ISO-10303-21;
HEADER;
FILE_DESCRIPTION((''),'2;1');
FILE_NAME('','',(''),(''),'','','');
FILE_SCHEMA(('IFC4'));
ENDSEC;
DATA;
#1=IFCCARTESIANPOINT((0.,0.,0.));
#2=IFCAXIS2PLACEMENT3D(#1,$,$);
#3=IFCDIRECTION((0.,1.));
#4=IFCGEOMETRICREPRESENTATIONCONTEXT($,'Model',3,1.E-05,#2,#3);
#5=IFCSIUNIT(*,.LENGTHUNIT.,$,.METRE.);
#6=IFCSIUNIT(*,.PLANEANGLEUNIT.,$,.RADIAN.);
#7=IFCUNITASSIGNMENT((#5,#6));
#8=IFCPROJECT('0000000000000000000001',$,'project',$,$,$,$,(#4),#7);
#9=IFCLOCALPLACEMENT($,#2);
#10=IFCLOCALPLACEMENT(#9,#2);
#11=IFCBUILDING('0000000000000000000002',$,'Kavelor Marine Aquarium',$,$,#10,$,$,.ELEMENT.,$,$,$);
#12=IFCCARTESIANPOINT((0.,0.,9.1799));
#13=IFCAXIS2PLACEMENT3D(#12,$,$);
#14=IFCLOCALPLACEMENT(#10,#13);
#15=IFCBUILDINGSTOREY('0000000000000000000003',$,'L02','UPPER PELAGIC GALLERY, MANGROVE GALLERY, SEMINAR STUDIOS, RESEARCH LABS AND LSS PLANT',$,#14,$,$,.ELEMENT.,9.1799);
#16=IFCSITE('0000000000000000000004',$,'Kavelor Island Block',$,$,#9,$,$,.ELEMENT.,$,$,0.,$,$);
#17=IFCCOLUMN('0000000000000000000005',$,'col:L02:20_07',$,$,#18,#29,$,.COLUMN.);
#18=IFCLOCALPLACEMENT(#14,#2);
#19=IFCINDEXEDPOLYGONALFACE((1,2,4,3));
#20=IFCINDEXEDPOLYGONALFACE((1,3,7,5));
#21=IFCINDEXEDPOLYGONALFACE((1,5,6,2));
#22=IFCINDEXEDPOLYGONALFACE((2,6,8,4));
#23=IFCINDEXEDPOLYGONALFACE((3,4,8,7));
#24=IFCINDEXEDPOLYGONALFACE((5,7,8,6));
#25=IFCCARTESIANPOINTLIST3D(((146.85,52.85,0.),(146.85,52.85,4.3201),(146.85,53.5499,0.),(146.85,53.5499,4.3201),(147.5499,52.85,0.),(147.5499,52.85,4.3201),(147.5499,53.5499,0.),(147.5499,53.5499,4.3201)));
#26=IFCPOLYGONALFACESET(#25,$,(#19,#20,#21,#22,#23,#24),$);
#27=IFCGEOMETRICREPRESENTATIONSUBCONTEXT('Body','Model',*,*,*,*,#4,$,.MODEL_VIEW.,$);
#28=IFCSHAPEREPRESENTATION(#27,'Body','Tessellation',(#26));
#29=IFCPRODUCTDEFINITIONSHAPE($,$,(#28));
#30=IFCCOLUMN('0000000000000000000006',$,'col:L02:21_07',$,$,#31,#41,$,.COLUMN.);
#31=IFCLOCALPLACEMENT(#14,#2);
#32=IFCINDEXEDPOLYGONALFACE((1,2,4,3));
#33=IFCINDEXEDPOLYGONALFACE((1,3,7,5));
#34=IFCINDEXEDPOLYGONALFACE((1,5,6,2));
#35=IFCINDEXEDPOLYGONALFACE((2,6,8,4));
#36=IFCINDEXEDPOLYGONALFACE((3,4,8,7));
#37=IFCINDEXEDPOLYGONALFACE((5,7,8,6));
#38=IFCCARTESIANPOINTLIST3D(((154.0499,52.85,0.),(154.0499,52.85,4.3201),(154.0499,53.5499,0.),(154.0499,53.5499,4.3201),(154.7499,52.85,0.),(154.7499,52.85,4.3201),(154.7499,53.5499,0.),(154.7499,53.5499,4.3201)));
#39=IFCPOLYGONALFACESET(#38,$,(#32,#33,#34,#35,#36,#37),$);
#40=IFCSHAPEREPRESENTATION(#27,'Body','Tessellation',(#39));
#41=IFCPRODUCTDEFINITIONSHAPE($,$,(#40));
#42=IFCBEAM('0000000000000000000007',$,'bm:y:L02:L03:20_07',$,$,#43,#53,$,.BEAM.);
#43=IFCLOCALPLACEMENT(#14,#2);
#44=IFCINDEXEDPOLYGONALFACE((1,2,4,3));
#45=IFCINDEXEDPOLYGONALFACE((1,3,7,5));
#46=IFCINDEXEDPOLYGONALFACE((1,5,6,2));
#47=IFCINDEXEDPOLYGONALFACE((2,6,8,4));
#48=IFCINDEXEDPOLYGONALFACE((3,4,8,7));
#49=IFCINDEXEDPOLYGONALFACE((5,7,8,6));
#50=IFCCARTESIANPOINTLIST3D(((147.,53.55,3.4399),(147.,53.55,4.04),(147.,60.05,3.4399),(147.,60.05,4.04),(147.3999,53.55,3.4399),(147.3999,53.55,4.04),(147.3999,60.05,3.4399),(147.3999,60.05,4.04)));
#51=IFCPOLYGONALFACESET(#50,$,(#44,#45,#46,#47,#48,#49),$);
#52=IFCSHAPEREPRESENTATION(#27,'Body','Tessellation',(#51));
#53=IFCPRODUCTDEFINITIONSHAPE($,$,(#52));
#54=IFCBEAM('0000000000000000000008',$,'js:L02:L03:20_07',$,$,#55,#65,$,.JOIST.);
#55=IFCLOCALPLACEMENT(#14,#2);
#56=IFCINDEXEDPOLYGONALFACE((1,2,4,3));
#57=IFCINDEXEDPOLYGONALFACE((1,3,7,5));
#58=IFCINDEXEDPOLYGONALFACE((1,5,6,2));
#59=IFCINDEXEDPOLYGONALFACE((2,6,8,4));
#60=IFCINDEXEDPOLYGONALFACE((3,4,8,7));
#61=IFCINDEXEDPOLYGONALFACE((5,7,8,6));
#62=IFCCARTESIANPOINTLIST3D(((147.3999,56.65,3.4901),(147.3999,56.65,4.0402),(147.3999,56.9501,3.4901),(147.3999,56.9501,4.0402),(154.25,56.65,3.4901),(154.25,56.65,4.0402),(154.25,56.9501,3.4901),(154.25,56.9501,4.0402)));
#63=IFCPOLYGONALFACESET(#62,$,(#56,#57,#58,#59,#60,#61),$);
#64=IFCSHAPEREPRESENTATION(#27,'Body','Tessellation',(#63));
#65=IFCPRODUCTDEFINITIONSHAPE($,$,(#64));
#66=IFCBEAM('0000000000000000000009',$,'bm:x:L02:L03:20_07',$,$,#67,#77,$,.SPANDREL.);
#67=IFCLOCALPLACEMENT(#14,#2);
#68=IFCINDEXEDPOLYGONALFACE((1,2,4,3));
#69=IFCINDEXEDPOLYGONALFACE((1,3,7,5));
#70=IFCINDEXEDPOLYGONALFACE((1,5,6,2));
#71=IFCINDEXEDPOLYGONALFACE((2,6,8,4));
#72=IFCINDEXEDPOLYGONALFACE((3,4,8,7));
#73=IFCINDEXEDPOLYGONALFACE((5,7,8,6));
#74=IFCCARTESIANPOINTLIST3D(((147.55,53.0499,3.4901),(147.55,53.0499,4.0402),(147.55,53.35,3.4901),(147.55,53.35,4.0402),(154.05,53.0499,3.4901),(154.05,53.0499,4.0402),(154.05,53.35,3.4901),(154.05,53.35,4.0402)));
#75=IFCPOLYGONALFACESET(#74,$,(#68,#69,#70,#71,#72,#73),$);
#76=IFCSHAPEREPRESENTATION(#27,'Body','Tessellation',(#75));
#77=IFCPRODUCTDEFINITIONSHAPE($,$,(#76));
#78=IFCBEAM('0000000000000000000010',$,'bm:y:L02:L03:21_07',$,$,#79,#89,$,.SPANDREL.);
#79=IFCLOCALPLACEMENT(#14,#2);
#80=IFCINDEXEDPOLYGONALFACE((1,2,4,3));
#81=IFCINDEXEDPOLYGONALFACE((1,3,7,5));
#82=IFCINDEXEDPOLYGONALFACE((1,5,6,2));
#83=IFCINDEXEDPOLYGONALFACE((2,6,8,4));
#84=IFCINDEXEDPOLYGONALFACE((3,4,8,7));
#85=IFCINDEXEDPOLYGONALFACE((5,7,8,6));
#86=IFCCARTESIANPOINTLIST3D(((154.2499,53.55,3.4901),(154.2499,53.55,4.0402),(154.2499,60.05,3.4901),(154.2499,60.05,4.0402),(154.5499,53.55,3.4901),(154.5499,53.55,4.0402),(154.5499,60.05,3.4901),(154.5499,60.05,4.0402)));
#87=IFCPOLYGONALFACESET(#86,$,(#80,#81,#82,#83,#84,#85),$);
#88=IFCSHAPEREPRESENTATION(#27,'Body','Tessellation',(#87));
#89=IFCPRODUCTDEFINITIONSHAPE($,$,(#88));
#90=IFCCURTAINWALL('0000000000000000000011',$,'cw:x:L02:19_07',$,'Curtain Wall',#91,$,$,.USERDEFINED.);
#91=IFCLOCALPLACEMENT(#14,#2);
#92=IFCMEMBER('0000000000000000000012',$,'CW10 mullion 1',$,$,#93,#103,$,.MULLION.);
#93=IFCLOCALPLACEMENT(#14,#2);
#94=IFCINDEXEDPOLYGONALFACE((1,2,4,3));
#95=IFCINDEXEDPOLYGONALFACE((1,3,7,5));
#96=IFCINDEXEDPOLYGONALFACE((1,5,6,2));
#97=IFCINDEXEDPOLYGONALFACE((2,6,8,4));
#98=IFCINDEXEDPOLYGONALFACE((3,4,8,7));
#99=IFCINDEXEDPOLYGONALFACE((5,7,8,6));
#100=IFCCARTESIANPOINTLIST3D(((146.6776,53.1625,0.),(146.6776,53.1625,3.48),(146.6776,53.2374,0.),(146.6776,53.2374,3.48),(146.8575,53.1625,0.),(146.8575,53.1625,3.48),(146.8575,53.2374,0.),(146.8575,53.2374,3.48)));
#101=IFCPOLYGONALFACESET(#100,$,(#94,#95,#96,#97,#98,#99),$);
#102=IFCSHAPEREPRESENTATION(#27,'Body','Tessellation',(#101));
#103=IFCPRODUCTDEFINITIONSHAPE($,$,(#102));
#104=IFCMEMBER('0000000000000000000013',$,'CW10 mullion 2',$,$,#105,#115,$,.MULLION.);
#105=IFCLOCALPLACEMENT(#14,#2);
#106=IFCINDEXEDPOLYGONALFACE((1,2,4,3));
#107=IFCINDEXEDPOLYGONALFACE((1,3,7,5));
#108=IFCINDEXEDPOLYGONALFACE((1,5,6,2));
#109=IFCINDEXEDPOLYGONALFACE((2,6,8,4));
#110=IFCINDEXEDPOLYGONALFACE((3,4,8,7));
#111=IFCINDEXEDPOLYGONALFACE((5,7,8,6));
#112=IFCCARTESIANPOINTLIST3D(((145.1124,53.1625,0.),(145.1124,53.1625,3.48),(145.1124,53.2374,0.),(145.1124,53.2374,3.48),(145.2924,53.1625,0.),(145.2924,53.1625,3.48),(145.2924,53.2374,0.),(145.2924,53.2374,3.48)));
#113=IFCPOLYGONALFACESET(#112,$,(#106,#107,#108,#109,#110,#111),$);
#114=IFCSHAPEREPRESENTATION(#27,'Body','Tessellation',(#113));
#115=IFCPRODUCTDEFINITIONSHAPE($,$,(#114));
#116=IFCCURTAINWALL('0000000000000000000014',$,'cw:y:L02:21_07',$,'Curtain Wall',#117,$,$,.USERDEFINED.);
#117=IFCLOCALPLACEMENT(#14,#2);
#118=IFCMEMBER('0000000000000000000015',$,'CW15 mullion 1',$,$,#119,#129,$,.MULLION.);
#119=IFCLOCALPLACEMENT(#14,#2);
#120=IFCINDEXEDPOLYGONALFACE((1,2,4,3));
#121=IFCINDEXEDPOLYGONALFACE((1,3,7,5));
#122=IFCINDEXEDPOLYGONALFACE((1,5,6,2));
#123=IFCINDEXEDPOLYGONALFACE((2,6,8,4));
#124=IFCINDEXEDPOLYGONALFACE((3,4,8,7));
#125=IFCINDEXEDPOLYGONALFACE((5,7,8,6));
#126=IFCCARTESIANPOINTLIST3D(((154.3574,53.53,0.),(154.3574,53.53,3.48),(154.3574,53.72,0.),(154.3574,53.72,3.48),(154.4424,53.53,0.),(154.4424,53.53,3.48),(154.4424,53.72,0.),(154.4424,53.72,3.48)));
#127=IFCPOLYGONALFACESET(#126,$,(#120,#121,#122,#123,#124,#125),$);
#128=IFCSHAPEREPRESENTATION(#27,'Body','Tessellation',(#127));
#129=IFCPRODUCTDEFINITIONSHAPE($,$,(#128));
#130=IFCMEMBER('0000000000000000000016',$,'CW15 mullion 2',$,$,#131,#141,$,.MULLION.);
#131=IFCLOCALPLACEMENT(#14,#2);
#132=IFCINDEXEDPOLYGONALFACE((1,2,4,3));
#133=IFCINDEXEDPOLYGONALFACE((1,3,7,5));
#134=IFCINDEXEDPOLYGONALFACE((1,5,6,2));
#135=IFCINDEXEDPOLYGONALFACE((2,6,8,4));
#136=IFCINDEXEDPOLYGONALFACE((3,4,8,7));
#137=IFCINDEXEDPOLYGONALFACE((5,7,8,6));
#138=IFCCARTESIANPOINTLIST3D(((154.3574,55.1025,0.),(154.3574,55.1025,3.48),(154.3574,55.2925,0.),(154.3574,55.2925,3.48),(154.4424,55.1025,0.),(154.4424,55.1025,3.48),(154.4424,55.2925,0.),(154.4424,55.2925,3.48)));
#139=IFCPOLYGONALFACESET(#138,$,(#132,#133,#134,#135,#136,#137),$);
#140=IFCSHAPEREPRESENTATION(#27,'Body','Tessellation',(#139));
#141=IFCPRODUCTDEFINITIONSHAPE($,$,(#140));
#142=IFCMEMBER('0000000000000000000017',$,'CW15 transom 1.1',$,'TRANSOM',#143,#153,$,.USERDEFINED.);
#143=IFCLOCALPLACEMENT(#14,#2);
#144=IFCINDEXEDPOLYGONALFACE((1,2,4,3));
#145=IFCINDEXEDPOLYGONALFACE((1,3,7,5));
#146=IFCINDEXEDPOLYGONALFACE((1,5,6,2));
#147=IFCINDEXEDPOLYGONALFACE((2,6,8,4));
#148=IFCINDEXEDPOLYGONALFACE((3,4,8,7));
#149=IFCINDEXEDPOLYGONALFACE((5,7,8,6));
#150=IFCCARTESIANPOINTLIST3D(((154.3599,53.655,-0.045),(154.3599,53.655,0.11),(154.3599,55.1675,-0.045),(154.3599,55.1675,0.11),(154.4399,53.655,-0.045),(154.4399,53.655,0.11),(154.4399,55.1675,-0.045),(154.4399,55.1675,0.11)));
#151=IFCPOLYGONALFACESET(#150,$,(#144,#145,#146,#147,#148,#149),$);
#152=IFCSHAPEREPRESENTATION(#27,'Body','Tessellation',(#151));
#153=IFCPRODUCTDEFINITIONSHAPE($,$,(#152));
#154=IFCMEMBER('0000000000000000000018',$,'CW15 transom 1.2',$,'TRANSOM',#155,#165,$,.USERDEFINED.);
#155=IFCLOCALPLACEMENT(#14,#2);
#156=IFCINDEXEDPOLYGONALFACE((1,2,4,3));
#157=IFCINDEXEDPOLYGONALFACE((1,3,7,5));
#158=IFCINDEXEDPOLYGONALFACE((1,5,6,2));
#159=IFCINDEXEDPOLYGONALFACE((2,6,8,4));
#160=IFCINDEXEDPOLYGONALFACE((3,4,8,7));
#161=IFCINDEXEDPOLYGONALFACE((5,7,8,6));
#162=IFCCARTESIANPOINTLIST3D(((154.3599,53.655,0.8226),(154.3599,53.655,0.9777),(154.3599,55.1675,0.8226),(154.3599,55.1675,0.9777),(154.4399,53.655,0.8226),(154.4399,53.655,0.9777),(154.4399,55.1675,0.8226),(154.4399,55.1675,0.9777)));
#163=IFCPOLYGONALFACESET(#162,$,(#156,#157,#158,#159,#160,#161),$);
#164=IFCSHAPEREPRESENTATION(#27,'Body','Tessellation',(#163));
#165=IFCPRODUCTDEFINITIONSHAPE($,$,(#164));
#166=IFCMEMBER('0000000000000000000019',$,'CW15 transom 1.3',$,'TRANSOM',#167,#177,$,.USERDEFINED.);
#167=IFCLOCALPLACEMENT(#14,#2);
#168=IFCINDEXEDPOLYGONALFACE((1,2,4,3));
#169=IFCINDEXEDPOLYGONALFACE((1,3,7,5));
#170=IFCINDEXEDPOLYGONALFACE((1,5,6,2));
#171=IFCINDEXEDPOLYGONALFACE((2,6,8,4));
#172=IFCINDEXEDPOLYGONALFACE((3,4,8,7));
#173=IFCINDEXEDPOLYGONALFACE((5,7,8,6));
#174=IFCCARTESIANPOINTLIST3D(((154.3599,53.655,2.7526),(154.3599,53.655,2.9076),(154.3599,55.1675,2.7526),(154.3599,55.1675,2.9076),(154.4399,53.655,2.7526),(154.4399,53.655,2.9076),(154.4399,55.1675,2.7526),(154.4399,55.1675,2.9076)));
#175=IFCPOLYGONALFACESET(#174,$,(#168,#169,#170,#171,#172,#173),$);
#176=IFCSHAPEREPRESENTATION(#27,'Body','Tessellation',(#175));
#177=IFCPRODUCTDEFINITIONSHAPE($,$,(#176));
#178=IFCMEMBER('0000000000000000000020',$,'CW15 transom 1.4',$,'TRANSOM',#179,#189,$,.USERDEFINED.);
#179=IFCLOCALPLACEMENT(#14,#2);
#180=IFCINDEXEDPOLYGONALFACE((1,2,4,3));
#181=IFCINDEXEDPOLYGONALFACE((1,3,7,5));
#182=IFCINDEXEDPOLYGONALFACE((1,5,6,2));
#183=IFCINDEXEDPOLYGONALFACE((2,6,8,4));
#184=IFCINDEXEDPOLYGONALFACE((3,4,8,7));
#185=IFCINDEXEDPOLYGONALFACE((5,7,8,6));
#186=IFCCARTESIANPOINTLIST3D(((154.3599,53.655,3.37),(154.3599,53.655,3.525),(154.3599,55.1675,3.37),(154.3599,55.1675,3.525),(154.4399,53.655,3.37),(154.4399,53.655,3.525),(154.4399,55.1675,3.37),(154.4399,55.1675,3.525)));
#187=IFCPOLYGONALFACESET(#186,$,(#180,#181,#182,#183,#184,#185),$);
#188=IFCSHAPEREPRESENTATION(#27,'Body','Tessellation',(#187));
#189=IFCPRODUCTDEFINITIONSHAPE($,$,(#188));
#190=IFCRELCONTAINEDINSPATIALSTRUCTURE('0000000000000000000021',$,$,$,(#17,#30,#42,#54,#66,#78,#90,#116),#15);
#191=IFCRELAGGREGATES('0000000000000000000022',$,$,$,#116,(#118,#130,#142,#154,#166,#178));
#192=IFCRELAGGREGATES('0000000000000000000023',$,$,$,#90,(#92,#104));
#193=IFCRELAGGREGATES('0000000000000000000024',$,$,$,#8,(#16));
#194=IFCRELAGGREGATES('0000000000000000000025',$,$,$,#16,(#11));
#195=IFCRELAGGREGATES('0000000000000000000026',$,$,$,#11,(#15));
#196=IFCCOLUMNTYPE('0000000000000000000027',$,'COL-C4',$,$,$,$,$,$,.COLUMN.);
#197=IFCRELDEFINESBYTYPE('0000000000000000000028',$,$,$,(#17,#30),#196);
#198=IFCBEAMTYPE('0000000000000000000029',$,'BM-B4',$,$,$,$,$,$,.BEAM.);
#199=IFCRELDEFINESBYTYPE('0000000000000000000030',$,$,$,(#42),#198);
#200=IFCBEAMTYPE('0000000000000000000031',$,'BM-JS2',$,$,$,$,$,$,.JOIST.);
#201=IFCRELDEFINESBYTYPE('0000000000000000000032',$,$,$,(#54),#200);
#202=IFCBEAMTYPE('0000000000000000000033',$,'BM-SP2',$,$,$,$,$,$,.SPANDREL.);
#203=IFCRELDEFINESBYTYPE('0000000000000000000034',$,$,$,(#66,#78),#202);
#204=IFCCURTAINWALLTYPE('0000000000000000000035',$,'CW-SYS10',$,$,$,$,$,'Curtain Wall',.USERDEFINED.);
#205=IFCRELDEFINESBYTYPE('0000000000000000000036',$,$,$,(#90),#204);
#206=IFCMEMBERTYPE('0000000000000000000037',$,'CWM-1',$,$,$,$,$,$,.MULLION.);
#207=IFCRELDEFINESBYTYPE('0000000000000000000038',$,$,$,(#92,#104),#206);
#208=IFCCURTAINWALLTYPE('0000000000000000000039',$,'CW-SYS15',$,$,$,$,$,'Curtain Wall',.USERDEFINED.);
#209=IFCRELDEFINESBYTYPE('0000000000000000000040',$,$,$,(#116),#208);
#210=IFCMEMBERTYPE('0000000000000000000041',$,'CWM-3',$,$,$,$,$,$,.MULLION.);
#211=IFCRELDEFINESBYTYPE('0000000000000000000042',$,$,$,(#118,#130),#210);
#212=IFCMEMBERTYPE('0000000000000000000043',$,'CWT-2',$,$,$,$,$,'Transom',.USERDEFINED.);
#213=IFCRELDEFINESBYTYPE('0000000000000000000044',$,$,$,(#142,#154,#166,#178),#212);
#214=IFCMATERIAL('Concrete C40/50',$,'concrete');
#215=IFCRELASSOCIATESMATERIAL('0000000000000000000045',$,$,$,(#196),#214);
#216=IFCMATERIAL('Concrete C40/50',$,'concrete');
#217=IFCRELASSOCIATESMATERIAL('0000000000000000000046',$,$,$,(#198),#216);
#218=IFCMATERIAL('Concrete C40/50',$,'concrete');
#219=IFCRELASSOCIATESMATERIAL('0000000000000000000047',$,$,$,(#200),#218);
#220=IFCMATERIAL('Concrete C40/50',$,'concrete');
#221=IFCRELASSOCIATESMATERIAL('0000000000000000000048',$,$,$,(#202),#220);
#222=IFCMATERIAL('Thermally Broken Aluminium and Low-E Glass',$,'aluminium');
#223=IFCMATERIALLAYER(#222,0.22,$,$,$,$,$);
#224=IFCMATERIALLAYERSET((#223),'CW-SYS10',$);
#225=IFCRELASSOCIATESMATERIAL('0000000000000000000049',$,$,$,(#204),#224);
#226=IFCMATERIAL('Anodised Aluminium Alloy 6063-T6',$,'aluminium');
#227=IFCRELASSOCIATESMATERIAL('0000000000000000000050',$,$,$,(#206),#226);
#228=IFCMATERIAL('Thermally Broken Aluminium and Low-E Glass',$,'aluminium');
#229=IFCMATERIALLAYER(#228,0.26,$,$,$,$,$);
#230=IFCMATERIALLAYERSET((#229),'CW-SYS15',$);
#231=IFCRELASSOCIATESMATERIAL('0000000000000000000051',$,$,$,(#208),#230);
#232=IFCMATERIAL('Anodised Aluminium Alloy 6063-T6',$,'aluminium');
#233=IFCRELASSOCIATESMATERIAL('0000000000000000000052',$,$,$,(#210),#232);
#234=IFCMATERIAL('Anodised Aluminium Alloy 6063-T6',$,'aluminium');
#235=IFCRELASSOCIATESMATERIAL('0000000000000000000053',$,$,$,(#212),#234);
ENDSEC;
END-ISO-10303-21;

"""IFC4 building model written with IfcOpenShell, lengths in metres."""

from ifc_helpers import new_model, si_unit, direction, frame, origin, origin_2d, place, context, subcontext, project, spatial, rectangle, extrude, material, layer, layer_set, material_profile, profile_set, type_object, element, aggregate, save


model = new_model("IFC4")

# Units and contexts
model_context = context("Model", 3, precision=1e-05, world=origin(), true_north=direction((0.0, 1.0)))
body_context = subcontext(model_context, "Body", "Model", "MODEL_VIEW")
ifc_project = project(units=[si_unit("LENGTHUNIT", "METRE"), si_unit("PLANEANGLEUNIT", "RADIAN")], contexts=[model_context])

# Site, building, storey
site_placement = place(None, origin())
site = spatial("IfcSite", under=ifc_project, at=site_placement, Name="Kavelor Island Block", CompositionType="ELEMENT", RefElevation=0.0)
building_placement = place(site_placement, origin())
building = spatial("IfcBuilding", under=site, at=building_placement, Name="Kavelor Marine Aquarium", CompositionType="ELEMENT")
storey_placement = place(building_placement, frame((0.0, 0.0, 9.1799)))
storey = spatial("IfcBuildingStorey", under=building, at=storey_placement, Name="L02", Description="UPPER PELAGIC GALLERY, MANGROVE GALLERY, SEMINAR STUDIOS, RESEARCH LABS AND LSS PLANT", CompositionType="ELEMENT", Elevation=9.1799)

# Columns
ifc_material_1 = material(Name="Concrete C40/50", Category="concrete")
ifc_material_profile_1 = material_profile(ifc_material_1, rectangle(XDim=0.7, YDim=0.7, at=origin_2d()), Name="RC-COL 700x700")
ifc_profile_set_1 = profile_set([ifc_material_profile_1], Name="Concrete C40/50")
column_type = type_object("IfcColumnType", Name="COL-C4", PredefinedType="COLUMN", material=ifc_profile_set_1)
for number, where, z_axis, x_axis, name in (
    (1, (147.2, 53.2, 0.0), (0.0, 0.0, 1.0), (1.0, 0.0, 0.0), "col:L02:20_07"),
    (2, (154.3999, 53.2, 0.0), (0.0, 0.0, 1.0), (1.0, 0.0, 0.0), "col:L02:21_07"),
):
    element("IfcColumn", number, at=place(storey_placement, frame(where, z_axis=z_axis, x_axis=x_axis)), inside=storey, type_object=column_type, Name=name, PredefinedType="COLUMN", context=body_context, shape_type="SweptSolid", body=[
        extrude(rectangle(XDim=0.7, YDim=0.7, at=origin_2d()), origin(), (0.0, 0.0, 1.0), 4.3201),
    ])

# Beams
ifc_material_2 = material(Name="Concrete C40/50", Category="concrete")
ifc_material_profile_2 = material_profile(ifc_material_2, rectangle(XDim=0.3999, YDim=0.6001, at=origin_2d()), Name="RC-BM 400x600")
ifc_profile_set_2 = profile_set([ifc_material_profile_2], Name="Concrete C40/50")
beam_type_1 = type_object("IfcBeamType", Name="BM-B4", PredefinedType="BEAM", material=ifc_profile_set_2)
beam_1_placement = place(storey_placement, frame((147.2, 53.55, 3.74), z_axis=(0.0, 1.0, 0.0), x_axis=(-1.0, 0.0, 0.0)))
element("IfcBeam", 3, at=beam_1_placement, inside=storey, type_object=beam_type_1, Name="bm:y:L02:L03:20_07", PredefinedType="BEAM", context=body_context, shape_type="SweptSolid", body=[
    extrude(rectangle(XDim=0.3999, YDim=0.6001, at=origin_2d()), origin(), (0.0, 0.0, 1.0), 6.5),
])
ifc_material_3 = material(Name="Concrete C40/50", Category="concrete")
ifc_material_profile_3 = material_profile(ifc_material_3, rectangle(XDim=0.3, YDim=0.55, at=origin_2d()), Name="RC-JS 300x550")
ifc_profile_set_3 = profile_set([ifc_material_profile_3], Name="Concrete C40/50")
beam_type_2 = type_object("IfcBeamType", Name="BM-JS2", PredefinedType="JOIST", material=ifc_profile_set_3)
beam_2_placement = place(storey_placement, frame((147.3999, 56.8, 3.7651), z_axis=(1.0, 0.0, 0.0), x_axis=(0.0, 1.0, 0.0)))
element("IfcBeam", 4, at=beam_2_placement, inside=storey, type_object=beam_type_2, Name="js:L02:L03:20_07", PredefinedType="JOIST", context=body_context, shape_type="SweptSolid", body=[
    extrude(rectangle(XDim=0.3, YDim=0.55, at=origin_2d()), origin(), (0.0, 0.0, 1.0), 6.8501),
])
ifc_material_4 = material(Name="Concrete C40/50", Category="concrete")
ifc_material_profile_4 = material_profile(ifc_material_4, rectangle(XDim=0.3, YDim=0.55, at=origin_2d()), Name="RC-SP 300x550")
ifc_profile_set_4 = profile_set([ifc_material_profile_4], Name="Concrete C40/50")
beam_type_3 = type_object("IfcBeamType", Name="BM-SP2", PredefinedType="SPANDREL", material=ifc_profile_set_4)
for number, where, z_axis, x_axis, name in (
    (5, (147.55, 53.2, 3.7651), (1.0, 0.0, 0.0), (0.0, 1.0, 0.0), "bm:x:L02:L03:20_07"),
    (6, (154.3999, 53.55, 3.7651), (0.0, 1.0, 0.0), (-1.0, 0.0, 0.0), "bm:y:L02:L03:21_07"),
):
    element("IfcBeam", number, at=place(storey_placement, frame(where, z_axis=z_axis, x_axis=x_axis)), inside=storey, type_object=beam_type_3, Name=name, PredefinedType="SPANDREL", context=body_context, shape_type="SweptSolid", body=[
        extrude(rectangle(XDim=0.3, YDim=0.55, at=origin_2d()), origin(), (0.0, 0.0, 1.0), 6.5),
    ])

# Curtain walls, members
ifc_material_5 = material(Name="Thermally Broken Aluminium and Low-E Glass", Category="aluminium")
ifc_layer_1 = layer(ifc_material_5, 0.22)
ifc_layer_set_1 = layer_set([ifc_layer_1], Name="CW-SYS10")
curtain_wall_type_1 = type_object("IfcCurtainWallType", Name="CW-SYS10", ElementType="Curtain Wall", PredefinedType="USERDEFINED", material=ifc_layer_set_1)
curtain_wall_1_placement = place(storey_placement, origin())
curtain_wall_1 = element("IfcCurtainWall", 7, at=curtain_wall_1_placement, inside=storey, type_object=curtain_wall_type_1, Name="cw:x:L02:19_07", ObjectType="Curtain Wall", PredefinedType="USERDEFINED")
ifc_material_6 = material(Name="Anodised Aluminium Alloy 6063-T6", Category="aluminium")
ifc_material_profile_5 = material_profile(ifc_material_6, rectangle(XDim=0.075, YDim=0.1799, at=origin_2d()), Name="CW-MUL 75x180")
ifc_profile_set_5 = profile_set([ifc_material_profile_5], Name="Anodised Aluminium Alloy 6063-T6")
member_type_1 = type_object("IfcMemberType", Name="CWM-1", PredefinedType="MULLION", material=ifc_profile_set_5)
member_1_placement = place(storey_placement, frame((146.7676, 53.2, 0.0), z_axis=(0.0, 0.0, 1.0), x_axis=(0.0, -1.0, 0.0)))
member_1 = element("IfcMember", 8, at=member_1_placement, type_object=member_type_1, Name="CW10 mullion 1", PredefinedType="MULLION", context=body_context, shape_type="SweptSolid", body=[
    extrude(rectangle(XDim=0.075, YDim=0.1799, at=origin_2d()), origin(), (0.0, 0.0, 1.0), 3.48),
])
member_2_placement = place(storey_placement, frame((145.2024, 53.2, 0.0), z_axis=(0.0, 0.0, 1.0), x_axis=(0.0, -1.0, 0.0)))
member_2 = element("IfcMember", 9, at=member_2_placement, type_object=member_type_1, Name="CW10 mullion 2", PredefinedType="MULLION", context=body_context, shape_type="SweptSolid", body=[
    extrude(rectangle(XDim=0.075, YDim=0.1799, at=origin_2d()), origin(), (0.0, 0.0, 1.0), 3.48),
])
ifc_material_7 = material(Name="Thermally Broken Aluminium and Low-E Glass", Category="aluminium")
ifc_layer_2 = layer(ifc_material_7, 0.26)
ifc_layer_set_2 = layer_set([ifc_layer_2], Name="CW-SYS15")
curtain_wall_type_2 = type_object("IfcCurtainWallType", Name="CW-SYS15", ElementType="Curtain Wall", PredefinedType="USERDEFINED", material=ifc_layer_set_2)
curtain_wall_2_placement = place(storey_placement, origin())
curtain_wall_2 = element("IfcCurtainWall", 10, at=curtain_wall_2_placement, inside=storey, type_object=curtain_wall_type_2, Name="cw:y:L02:21_07", ObjectType="Curtain Wall", PredefinedType="USERDEFINED")
ifc_material_8 = material(Name="Anodised Aluminium Alloy 6063-T6", Category="aluminium")
ifc_material_profile_6 = material_profile(ifc_material_8, rectangle(XDim=0.085, YDim=0.1899, at=origin_2d()), Name="CW-MUL 85x190")
ifc_profile_set_6 = profile_set([ifc_material_profile_6], Name="Anodised Aluminium Alloy 6063-T6")
member_type_2 = type_object("IfcMemberType", Name="CWM-3", PredefinedType="MULLION", material=ifc_profile_set_6)
member_3_placement = place(storey_placement, frame((154.3999, 53.625, 0.0), z_axis=(0.0, 0.0, 1.0), x_axis=(-1.0, 0.0, 0.0)))
member_3 = element("IfcMember", 11, at=member_3_placement, type_object=member_type_2, Name="CW15 mullion 1", PredefinedType="MULLION", context=body_context, shape_type="SweptSolid", body=[
    extrude(rectangle(XDim=0.085, YDim=0.1899, at=origin_2d()), origin(), (0.0, 0.0, 1.0), 3.48),
])
member_4_placement = place(storey_placement, frame((154.3999, 55.1975, 0.0), z_axis=(0.0, 0.0, 1.0), x_axis=(-1.0, 0.0, 0.0)))
member_4 = element("IfcMember", 12, at=member_4_placement, type_object=member_type_2, Name="CW15 mullion 2", PredefinedType="MULLION", context=body_context, shape_type="SweptSolid", body=[
    extrude(rectangle(XDim=0.085, YDim=0.1899, at=origin_2d()), origin(), (0.0, 0.0, 1.0), 3.48),
])
ifc_material_9 = material(Name="Anodised Aluminium Alloy 6063-T6", Category="aluminium")
ifc_material_profile_7 = material_profile(ifc_material_9, rectangle(XDim=0.0801, YDim=0.155, at=origin_2d()), Name="CW-TRN 80x155")
ifc_profile_set_7 = profile_set([ifc_material_profile_7], Name="Anodised Aluminium Alloy 6063-T6")
member_type_3 = type_object("IfcMemberType", Name="CWT-2", ElementType="Transom", PredefinedType="USERDEFINED", material=ifc_profile_set_7)
member_5_placement = place(storey_placement, frame((154.3999, 53.655, 0.0325), z_axis=(0.0, 1.0, 0.0), x_axis=(-1.0, 0.0, 0.0)))
member_5 = element("IfcMember", 13, at=member_5_placement, type_object=member_type_3, Name="CW15 transom 1.1", ObjectType="TRANSOM", PredefinedType="USERDEFINED", context=body_context, shape_type="SweptSolid", body=[
    extrude(rectangle(XDim=0.0801, YDim=0.155, at=origin_2d()), origin(), (0.0, 0.0, 1.0), 1.5125),
])
member_6_placement = place(storey_placement, frame((154.3999, 53.655, 0.9001), z_axis=(0.0, 1.0, 0.0), x_axis=(-1.0, 0.0, 0.0)))
member_6 = element("IfcMember", 14, at=member_6_placement, type_object=member_type_3, Name="CW15 transom 1.2", ObjectType="TRANSOM", PredefinedType="USERDEFINED", context=body_context, shape_type="SweptSolid", body=[
    extrude(rectangle(XDim=0.0801, YDim=0.155, at=origin_2d()), origin(), (0.0, 0.0, 1.0), 1.5125),
])
member_7_placement = place(storey_placement, frame((154.3999, 53.655, 2.8301), z_axis=(0.0, 1.0, 0.0), x_axis=(-1.0, 0.0, 0.0)))
member_7 = element("IfcMember", 15, at=member_7_placement, type_object=member_type_3, Name="CW15 transom 1.3", ObjectType="TRANSOM", PredefinedType="USERDEFINED", context=body_context, shape_type="SweptSolid", body=[
    extrude(rectangle(XDim=0.0801, YDim=0.155, at=origin_2d()), origin(), (0.0, 0.0, 1.0), 1.5125),
])
member_8_placement = place(storey_placement, frame((154.3999, 53.655, 3.4475), z_axis=(0.0, 1.0, 0.0), x_axis=(-1.0, 0.0, 0.0)))
member_8 = element("IfcMember", 16, at=member_8_placement, type_object=member_type_3, Name="CW15 transom 1.4", ObjectType="TRANSOM", PredefinedType="USERDEFINED", context=body_context, shape_type="SweptSolid", body=[
    extrude(rectangle(XDim=0.0801, YDim=0.155, at=origin_2d()), origin(), (0.0, 0.0, 1.0), 1.5125),
])

aggregate(curtain_wall_2, [member_3, member_4, member_5, member_6, member_7, member_8])
aggregate(curtain_wall_1, [member_1, member_2])

save(model, "model.ifc")
